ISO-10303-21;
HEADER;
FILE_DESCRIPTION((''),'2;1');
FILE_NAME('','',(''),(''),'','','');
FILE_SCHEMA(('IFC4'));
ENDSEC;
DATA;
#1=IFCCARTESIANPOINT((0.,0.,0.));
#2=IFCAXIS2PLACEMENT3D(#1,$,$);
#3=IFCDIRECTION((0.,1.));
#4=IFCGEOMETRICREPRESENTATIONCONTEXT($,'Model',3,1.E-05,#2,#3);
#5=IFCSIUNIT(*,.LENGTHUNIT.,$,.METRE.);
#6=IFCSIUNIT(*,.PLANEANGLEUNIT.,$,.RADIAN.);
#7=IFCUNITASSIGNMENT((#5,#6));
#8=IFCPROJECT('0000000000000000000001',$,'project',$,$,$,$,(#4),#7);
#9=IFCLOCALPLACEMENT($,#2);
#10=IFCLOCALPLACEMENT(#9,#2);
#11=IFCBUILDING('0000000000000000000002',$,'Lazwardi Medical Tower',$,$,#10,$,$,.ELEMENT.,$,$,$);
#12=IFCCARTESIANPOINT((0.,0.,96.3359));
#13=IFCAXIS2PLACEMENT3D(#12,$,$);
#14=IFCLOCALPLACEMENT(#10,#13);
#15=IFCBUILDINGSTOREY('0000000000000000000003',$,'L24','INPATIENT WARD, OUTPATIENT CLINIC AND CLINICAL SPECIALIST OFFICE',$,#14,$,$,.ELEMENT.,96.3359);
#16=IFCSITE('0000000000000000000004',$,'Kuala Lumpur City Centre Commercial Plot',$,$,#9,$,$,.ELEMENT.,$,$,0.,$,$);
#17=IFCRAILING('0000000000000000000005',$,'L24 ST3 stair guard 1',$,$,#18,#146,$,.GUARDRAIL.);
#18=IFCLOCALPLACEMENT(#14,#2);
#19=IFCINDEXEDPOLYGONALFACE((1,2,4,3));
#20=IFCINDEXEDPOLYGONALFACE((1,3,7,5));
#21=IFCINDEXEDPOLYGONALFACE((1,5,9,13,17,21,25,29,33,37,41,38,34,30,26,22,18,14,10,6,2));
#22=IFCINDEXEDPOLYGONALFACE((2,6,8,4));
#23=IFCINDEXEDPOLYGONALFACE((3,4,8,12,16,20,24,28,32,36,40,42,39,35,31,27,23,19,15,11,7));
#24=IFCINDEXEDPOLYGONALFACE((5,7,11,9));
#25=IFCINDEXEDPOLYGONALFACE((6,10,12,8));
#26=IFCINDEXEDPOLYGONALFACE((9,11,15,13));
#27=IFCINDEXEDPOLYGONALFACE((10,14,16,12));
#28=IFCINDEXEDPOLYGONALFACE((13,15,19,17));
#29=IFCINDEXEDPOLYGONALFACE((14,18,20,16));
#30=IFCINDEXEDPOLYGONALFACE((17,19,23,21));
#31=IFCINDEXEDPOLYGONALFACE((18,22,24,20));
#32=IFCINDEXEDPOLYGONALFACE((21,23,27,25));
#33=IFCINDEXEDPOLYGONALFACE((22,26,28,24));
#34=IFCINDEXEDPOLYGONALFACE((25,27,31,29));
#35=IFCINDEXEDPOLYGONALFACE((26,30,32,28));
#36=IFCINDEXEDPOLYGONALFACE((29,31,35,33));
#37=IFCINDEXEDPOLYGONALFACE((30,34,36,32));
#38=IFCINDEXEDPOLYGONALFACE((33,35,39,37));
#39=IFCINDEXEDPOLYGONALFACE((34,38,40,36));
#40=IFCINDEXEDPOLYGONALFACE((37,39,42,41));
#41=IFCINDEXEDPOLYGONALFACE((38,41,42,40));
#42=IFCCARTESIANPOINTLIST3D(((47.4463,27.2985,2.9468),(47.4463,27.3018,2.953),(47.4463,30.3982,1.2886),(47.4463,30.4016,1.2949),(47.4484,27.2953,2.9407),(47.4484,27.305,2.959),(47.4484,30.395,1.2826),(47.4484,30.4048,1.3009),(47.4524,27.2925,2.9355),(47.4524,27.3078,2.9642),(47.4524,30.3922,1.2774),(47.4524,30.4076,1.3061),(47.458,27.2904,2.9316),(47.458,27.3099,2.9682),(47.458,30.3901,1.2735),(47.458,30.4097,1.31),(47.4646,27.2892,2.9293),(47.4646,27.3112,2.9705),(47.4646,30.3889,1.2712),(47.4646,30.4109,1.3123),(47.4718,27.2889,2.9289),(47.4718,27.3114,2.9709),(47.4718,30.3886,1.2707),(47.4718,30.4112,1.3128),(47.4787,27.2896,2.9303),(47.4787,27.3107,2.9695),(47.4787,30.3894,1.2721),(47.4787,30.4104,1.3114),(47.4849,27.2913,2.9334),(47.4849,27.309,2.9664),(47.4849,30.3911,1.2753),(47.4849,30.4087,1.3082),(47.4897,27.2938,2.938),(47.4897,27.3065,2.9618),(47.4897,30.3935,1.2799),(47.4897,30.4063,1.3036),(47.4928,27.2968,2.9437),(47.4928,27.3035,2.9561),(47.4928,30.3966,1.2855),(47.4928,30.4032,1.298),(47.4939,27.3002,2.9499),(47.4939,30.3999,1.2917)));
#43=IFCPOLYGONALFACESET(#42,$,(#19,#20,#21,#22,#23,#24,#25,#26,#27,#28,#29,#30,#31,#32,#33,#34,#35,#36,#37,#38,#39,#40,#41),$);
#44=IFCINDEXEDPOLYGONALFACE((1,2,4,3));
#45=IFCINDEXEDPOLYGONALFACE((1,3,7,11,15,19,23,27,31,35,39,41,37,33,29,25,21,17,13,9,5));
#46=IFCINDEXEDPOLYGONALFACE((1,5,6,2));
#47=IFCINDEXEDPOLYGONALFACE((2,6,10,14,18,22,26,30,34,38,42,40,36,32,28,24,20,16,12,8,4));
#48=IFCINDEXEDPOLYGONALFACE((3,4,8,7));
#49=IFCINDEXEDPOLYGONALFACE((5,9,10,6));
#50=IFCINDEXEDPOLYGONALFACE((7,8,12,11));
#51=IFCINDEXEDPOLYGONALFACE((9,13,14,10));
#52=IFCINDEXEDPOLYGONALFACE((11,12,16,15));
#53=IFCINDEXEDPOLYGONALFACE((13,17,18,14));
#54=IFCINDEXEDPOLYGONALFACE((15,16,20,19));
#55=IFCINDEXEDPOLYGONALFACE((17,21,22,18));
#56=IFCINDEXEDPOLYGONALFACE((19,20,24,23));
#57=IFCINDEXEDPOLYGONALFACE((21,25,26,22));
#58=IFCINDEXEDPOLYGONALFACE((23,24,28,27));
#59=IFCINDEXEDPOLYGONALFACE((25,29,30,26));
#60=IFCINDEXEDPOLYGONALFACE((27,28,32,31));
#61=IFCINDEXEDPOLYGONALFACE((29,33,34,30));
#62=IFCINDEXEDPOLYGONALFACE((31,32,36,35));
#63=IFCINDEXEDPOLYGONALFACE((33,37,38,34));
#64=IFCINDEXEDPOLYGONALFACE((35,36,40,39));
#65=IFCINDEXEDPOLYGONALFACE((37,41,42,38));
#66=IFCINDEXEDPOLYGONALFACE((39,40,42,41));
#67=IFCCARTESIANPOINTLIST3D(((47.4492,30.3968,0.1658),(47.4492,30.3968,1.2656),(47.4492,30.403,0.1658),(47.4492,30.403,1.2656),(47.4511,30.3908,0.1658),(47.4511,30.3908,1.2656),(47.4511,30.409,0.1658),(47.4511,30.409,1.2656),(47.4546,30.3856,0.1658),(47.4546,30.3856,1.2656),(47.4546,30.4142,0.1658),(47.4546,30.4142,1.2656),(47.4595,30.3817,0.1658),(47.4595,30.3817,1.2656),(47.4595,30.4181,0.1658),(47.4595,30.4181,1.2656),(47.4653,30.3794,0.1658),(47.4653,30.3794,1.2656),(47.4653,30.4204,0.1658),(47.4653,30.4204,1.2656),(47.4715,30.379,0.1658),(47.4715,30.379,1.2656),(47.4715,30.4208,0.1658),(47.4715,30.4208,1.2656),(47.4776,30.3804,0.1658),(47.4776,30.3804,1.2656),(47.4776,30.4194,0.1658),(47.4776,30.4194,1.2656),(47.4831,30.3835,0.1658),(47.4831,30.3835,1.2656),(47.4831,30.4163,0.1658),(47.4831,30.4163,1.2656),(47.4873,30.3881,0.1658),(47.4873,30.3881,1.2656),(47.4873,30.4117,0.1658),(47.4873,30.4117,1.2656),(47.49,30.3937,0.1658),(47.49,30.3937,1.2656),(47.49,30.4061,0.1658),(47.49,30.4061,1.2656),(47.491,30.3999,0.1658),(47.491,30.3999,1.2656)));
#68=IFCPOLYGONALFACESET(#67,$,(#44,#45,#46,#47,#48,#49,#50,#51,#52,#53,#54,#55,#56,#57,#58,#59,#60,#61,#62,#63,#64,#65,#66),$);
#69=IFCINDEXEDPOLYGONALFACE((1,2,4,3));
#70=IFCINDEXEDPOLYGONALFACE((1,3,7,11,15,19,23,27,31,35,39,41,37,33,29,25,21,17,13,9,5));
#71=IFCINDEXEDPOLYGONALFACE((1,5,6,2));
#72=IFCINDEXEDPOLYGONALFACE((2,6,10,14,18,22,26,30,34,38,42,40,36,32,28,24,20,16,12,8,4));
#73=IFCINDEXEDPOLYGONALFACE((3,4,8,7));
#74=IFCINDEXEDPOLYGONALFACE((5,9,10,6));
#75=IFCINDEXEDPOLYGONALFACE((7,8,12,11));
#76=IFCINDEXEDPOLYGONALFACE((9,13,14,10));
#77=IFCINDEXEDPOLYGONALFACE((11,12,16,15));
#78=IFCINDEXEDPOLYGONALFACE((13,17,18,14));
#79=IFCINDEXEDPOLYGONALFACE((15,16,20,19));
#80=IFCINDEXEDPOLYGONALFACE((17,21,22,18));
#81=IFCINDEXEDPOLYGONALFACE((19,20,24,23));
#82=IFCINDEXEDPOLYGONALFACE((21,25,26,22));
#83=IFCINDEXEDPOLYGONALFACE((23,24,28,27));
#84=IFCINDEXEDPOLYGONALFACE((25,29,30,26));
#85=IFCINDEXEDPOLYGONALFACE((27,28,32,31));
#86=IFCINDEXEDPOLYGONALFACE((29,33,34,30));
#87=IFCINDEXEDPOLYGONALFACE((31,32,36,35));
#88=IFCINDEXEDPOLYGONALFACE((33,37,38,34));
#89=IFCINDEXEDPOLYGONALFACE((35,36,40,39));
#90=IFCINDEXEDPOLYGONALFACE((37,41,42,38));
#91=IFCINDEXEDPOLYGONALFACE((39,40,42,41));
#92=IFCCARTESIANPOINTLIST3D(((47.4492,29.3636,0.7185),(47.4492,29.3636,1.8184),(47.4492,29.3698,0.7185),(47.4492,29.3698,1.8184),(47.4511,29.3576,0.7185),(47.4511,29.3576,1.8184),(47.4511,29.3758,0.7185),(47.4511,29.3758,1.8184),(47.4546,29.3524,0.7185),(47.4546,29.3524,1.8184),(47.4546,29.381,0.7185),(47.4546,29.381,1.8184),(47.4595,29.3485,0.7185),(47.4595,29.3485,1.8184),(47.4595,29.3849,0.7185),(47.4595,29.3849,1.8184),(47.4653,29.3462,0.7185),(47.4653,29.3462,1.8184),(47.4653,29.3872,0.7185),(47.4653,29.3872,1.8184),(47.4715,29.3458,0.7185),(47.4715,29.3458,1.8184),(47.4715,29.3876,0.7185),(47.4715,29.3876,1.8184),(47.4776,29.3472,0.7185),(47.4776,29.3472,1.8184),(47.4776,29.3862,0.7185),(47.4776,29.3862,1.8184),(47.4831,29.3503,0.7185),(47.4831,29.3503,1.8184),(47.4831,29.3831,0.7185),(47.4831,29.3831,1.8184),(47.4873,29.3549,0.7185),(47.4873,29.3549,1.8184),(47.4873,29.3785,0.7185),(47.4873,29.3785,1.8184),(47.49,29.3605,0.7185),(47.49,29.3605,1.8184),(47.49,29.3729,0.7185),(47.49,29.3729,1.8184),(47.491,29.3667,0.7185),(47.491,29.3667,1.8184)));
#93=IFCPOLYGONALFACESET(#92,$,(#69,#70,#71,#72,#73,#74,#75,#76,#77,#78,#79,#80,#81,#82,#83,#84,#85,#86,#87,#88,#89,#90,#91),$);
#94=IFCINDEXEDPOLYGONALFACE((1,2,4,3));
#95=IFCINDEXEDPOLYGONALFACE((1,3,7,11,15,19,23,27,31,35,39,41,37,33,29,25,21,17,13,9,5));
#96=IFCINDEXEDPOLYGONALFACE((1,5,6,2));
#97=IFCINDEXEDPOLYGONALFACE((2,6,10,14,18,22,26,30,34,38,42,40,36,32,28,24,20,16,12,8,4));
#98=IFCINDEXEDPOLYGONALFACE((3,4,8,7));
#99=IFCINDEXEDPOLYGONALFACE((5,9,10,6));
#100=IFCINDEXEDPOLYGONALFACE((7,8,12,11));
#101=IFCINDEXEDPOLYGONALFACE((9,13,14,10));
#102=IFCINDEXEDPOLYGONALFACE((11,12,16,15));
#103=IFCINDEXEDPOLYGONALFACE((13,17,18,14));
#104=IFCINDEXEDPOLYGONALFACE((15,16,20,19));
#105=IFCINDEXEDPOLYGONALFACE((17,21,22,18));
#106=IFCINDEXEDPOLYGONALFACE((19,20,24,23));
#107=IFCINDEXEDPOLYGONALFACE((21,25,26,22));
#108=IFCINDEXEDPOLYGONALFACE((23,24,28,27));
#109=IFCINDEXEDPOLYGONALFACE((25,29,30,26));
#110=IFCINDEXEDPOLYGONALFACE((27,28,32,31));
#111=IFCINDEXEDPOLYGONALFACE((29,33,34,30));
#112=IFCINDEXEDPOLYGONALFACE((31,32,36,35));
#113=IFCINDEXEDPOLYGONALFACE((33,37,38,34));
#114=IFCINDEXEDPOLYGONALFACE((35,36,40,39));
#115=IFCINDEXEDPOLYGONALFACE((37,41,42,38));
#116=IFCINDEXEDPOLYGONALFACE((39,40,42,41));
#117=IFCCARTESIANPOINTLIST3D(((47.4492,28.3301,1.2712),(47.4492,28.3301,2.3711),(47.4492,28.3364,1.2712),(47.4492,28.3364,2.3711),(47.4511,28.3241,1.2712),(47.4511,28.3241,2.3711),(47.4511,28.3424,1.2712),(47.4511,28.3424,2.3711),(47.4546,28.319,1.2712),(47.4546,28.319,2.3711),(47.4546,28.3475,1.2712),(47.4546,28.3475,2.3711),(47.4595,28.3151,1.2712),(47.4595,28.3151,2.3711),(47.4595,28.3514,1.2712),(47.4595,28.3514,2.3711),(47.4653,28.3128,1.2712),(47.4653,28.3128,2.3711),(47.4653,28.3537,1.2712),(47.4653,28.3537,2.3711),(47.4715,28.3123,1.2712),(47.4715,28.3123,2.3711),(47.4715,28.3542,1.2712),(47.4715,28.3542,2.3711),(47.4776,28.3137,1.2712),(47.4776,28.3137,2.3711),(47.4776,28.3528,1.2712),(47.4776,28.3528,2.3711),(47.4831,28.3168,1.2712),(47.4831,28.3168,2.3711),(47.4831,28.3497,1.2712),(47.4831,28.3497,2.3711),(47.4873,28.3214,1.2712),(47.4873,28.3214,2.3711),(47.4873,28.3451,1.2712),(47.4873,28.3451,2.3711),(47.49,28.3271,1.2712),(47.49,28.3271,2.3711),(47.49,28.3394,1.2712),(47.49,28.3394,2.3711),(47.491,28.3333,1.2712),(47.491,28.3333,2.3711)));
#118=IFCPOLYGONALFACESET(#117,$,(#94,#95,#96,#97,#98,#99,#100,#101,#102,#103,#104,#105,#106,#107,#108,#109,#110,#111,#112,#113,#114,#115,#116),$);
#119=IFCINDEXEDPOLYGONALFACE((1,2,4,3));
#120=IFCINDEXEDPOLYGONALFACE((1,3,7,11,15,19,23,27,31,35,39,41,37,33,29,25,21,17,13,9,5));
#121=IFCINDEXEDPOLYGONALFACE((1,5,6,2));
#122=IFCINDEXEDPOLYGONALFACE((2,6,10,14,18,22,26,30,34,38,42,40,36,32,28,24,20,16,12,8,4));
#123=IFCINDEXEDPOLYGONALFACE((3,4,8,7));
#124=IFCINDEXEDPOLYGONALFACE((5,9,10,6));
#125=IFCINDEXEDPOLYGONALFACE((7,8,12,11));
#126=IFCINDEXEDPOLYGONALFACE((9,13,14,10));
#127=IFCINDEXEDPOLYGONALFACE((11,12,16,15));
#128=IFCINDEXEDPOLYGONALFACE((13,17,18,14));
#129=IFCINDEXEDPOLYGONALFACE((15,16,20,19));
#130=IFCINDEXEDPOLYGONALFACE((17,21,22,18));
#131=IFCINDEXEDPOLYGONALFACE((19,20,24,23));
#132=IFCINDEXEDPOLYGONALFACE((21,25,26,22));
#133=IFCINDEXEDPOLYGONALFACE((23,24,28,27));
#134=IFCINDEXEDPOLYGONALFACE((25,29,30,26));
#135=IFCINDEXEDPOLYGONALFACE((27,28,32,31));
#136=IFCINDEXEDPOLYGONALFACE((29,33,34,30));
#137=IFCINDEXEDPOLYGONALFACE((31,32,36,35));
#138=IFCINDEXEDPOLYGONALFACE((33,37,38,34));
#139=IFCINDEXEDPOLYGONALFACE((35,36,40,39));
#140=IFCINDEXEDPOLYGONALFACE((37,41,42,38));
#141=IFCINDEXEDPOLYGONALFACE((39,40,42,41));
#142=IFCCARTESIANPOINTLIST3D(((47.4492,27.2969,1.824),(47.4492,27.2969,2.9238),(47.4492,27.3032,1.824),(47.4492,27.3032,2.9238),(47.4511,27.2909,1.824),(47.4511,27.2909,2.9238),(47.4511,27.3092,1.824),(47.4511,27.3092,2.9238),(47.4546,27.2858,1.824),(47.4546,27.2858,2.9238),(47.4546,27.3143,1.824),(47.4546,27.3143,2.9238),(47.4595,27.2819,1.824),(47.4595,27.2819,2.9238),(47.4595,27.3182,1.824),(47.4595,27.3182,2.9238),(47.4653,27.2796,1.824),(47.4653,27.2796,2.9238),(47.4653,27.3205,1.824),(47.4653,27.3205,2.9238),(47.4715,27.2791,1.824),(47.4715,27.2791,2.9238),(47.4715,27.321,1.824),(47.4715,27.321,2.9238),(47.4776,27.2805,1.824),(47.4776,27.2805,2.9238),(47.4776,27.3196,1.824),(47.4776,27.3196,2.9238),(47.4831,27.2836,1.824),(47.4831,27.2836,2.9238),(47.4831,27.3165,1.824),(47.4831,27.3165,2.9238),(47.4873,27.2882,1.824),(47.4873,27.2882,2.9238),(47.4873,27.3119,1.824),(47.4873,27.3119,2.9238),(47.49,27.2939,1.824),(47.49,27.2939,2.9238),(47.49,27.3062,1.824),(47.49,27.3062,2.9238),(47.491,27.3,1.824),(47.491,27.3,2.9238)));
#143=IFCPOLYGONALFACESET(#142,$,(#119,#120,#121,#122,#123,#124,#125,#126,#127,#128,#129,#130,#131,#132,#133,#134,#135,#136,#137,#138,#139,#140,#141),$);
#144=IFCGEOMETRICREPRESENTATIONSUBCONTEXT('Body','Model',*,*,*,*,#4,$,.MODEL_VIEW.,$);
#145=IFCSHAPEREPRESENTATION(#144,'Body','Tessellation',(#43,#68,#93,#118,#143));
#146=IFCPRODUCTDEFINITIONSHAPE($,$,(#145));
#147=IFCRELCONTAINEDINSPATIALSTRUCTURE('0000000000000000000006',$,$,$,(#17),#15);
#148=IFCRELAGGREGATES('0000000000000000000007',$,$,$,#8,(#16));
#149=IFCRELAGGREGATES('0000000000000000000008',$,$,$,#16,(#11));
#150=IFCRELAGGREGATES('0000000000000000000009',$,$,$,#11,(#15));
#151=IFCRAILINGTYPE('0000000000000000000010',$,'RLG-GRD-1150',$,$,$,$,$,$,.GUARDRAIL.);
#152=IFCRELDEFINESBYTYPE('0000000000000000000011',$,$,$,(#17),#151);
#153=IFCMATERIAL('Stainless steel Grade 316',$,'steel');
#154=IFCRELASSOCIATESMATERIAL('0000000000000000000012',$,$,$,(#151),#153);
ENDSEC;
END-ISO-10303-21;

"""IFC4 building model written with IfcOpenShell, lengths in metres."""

from ifc_helpers import new_model, si_unit, direction, frame, origin, origin_2d, place, context, subcontext, project, spatial, circle, extrude, material, type_object, element, save


model = new_model("IFC4")

# Units and contexts
model_context = context("Model", 3, precision=1e-05, world=origin(), true_north=direction((0.0, 1.0)))
body_context = subcontext(model_context, "Body", "Model", "MODEL_VIEW")
ifc_project = project(units=[si_unit("LENGTHUNIT", "METRE"), si_unit("PLANEANGLEUNIT", "RADIAN")], contexts=[model_context])

# Site, building, storey
site_placement = place(None, origin())
site = spatial("IfcSite", under=ifc_project, at=site_placement, Name="Kuala Lumpur City Centre Commercial Plot", CompositionType="ELEMENT", RefElevation=0.0)
building_placement = place(site_placement, origin())
building = spatial("IfcBuilding", under=site, at=building_placement, Name="Lazwardi Medical Tower", CompositionType="ELEMENT")
storey_placement = place(building_placement, frame((0.0, 0.0, 96.3359)))
storey = spatial("IfcBuildingStorey", under=building, at=storey_placement, Name="L24", Description="INPATIENT WARD, OUTPATIENT CLINIC AND CLINICAL SPECIALIST OFFICE", CompositionType="ELEMENT", Elevation=96.3359)

# Railing
ifc_material_1 = material(Name="Stainless steel Grade 316", Category="steel")
railing_type_1 = type_object("IfcRailingType", Name="RLG-GRD-1150", PredefinedType="GUARDRAIL", material=ifc_material_1)
railing_1_placement = place(storey_placement, frame((47.47, 30.3999, 0.1658)))
element("IfcRailing", 1, at=railing_1_placement, inside=storey, type_object=railing_type_1, Name="L24 ST3 stair guard 1", PredefinedType="GUARDRAIL", context=body_context, shape_type="SweptSolid", body=[
    extrude(circle(Radius=0.0239, at=origin_2d()), frame((0.0, 0.0, 1.126), z_axis=(0.0, -0.881768, 0.471684), x_axis=(1.0, 0.0, 0.0)), (0.0, 0.0, 1.0), 3.5154),
    extrude(circle(Radius=0.021, at=origin_2d()), origin(), (0.0, 0.0, 1.0), 1.0999),
    extrude(circle(Radius=0.021, at=origin_2d()), frame((0.0, -1.0332, 0.5527)), (0.0, 0.0, 1.0), 1.0999),
    extrude(circle(Radius=0.021, at=origin_2d()), frame((0.0, -2.0667, 1.1055)), (0.0, 0.0, 1.0), 1.0999),
    extrude(circle(Radius=0.021, at=origin_2d()), frame((0.0, -3.0999, 1.6582)), (0.0, 0.0, 1.0), 1.0999),
])

save(model, "model.ifc")
